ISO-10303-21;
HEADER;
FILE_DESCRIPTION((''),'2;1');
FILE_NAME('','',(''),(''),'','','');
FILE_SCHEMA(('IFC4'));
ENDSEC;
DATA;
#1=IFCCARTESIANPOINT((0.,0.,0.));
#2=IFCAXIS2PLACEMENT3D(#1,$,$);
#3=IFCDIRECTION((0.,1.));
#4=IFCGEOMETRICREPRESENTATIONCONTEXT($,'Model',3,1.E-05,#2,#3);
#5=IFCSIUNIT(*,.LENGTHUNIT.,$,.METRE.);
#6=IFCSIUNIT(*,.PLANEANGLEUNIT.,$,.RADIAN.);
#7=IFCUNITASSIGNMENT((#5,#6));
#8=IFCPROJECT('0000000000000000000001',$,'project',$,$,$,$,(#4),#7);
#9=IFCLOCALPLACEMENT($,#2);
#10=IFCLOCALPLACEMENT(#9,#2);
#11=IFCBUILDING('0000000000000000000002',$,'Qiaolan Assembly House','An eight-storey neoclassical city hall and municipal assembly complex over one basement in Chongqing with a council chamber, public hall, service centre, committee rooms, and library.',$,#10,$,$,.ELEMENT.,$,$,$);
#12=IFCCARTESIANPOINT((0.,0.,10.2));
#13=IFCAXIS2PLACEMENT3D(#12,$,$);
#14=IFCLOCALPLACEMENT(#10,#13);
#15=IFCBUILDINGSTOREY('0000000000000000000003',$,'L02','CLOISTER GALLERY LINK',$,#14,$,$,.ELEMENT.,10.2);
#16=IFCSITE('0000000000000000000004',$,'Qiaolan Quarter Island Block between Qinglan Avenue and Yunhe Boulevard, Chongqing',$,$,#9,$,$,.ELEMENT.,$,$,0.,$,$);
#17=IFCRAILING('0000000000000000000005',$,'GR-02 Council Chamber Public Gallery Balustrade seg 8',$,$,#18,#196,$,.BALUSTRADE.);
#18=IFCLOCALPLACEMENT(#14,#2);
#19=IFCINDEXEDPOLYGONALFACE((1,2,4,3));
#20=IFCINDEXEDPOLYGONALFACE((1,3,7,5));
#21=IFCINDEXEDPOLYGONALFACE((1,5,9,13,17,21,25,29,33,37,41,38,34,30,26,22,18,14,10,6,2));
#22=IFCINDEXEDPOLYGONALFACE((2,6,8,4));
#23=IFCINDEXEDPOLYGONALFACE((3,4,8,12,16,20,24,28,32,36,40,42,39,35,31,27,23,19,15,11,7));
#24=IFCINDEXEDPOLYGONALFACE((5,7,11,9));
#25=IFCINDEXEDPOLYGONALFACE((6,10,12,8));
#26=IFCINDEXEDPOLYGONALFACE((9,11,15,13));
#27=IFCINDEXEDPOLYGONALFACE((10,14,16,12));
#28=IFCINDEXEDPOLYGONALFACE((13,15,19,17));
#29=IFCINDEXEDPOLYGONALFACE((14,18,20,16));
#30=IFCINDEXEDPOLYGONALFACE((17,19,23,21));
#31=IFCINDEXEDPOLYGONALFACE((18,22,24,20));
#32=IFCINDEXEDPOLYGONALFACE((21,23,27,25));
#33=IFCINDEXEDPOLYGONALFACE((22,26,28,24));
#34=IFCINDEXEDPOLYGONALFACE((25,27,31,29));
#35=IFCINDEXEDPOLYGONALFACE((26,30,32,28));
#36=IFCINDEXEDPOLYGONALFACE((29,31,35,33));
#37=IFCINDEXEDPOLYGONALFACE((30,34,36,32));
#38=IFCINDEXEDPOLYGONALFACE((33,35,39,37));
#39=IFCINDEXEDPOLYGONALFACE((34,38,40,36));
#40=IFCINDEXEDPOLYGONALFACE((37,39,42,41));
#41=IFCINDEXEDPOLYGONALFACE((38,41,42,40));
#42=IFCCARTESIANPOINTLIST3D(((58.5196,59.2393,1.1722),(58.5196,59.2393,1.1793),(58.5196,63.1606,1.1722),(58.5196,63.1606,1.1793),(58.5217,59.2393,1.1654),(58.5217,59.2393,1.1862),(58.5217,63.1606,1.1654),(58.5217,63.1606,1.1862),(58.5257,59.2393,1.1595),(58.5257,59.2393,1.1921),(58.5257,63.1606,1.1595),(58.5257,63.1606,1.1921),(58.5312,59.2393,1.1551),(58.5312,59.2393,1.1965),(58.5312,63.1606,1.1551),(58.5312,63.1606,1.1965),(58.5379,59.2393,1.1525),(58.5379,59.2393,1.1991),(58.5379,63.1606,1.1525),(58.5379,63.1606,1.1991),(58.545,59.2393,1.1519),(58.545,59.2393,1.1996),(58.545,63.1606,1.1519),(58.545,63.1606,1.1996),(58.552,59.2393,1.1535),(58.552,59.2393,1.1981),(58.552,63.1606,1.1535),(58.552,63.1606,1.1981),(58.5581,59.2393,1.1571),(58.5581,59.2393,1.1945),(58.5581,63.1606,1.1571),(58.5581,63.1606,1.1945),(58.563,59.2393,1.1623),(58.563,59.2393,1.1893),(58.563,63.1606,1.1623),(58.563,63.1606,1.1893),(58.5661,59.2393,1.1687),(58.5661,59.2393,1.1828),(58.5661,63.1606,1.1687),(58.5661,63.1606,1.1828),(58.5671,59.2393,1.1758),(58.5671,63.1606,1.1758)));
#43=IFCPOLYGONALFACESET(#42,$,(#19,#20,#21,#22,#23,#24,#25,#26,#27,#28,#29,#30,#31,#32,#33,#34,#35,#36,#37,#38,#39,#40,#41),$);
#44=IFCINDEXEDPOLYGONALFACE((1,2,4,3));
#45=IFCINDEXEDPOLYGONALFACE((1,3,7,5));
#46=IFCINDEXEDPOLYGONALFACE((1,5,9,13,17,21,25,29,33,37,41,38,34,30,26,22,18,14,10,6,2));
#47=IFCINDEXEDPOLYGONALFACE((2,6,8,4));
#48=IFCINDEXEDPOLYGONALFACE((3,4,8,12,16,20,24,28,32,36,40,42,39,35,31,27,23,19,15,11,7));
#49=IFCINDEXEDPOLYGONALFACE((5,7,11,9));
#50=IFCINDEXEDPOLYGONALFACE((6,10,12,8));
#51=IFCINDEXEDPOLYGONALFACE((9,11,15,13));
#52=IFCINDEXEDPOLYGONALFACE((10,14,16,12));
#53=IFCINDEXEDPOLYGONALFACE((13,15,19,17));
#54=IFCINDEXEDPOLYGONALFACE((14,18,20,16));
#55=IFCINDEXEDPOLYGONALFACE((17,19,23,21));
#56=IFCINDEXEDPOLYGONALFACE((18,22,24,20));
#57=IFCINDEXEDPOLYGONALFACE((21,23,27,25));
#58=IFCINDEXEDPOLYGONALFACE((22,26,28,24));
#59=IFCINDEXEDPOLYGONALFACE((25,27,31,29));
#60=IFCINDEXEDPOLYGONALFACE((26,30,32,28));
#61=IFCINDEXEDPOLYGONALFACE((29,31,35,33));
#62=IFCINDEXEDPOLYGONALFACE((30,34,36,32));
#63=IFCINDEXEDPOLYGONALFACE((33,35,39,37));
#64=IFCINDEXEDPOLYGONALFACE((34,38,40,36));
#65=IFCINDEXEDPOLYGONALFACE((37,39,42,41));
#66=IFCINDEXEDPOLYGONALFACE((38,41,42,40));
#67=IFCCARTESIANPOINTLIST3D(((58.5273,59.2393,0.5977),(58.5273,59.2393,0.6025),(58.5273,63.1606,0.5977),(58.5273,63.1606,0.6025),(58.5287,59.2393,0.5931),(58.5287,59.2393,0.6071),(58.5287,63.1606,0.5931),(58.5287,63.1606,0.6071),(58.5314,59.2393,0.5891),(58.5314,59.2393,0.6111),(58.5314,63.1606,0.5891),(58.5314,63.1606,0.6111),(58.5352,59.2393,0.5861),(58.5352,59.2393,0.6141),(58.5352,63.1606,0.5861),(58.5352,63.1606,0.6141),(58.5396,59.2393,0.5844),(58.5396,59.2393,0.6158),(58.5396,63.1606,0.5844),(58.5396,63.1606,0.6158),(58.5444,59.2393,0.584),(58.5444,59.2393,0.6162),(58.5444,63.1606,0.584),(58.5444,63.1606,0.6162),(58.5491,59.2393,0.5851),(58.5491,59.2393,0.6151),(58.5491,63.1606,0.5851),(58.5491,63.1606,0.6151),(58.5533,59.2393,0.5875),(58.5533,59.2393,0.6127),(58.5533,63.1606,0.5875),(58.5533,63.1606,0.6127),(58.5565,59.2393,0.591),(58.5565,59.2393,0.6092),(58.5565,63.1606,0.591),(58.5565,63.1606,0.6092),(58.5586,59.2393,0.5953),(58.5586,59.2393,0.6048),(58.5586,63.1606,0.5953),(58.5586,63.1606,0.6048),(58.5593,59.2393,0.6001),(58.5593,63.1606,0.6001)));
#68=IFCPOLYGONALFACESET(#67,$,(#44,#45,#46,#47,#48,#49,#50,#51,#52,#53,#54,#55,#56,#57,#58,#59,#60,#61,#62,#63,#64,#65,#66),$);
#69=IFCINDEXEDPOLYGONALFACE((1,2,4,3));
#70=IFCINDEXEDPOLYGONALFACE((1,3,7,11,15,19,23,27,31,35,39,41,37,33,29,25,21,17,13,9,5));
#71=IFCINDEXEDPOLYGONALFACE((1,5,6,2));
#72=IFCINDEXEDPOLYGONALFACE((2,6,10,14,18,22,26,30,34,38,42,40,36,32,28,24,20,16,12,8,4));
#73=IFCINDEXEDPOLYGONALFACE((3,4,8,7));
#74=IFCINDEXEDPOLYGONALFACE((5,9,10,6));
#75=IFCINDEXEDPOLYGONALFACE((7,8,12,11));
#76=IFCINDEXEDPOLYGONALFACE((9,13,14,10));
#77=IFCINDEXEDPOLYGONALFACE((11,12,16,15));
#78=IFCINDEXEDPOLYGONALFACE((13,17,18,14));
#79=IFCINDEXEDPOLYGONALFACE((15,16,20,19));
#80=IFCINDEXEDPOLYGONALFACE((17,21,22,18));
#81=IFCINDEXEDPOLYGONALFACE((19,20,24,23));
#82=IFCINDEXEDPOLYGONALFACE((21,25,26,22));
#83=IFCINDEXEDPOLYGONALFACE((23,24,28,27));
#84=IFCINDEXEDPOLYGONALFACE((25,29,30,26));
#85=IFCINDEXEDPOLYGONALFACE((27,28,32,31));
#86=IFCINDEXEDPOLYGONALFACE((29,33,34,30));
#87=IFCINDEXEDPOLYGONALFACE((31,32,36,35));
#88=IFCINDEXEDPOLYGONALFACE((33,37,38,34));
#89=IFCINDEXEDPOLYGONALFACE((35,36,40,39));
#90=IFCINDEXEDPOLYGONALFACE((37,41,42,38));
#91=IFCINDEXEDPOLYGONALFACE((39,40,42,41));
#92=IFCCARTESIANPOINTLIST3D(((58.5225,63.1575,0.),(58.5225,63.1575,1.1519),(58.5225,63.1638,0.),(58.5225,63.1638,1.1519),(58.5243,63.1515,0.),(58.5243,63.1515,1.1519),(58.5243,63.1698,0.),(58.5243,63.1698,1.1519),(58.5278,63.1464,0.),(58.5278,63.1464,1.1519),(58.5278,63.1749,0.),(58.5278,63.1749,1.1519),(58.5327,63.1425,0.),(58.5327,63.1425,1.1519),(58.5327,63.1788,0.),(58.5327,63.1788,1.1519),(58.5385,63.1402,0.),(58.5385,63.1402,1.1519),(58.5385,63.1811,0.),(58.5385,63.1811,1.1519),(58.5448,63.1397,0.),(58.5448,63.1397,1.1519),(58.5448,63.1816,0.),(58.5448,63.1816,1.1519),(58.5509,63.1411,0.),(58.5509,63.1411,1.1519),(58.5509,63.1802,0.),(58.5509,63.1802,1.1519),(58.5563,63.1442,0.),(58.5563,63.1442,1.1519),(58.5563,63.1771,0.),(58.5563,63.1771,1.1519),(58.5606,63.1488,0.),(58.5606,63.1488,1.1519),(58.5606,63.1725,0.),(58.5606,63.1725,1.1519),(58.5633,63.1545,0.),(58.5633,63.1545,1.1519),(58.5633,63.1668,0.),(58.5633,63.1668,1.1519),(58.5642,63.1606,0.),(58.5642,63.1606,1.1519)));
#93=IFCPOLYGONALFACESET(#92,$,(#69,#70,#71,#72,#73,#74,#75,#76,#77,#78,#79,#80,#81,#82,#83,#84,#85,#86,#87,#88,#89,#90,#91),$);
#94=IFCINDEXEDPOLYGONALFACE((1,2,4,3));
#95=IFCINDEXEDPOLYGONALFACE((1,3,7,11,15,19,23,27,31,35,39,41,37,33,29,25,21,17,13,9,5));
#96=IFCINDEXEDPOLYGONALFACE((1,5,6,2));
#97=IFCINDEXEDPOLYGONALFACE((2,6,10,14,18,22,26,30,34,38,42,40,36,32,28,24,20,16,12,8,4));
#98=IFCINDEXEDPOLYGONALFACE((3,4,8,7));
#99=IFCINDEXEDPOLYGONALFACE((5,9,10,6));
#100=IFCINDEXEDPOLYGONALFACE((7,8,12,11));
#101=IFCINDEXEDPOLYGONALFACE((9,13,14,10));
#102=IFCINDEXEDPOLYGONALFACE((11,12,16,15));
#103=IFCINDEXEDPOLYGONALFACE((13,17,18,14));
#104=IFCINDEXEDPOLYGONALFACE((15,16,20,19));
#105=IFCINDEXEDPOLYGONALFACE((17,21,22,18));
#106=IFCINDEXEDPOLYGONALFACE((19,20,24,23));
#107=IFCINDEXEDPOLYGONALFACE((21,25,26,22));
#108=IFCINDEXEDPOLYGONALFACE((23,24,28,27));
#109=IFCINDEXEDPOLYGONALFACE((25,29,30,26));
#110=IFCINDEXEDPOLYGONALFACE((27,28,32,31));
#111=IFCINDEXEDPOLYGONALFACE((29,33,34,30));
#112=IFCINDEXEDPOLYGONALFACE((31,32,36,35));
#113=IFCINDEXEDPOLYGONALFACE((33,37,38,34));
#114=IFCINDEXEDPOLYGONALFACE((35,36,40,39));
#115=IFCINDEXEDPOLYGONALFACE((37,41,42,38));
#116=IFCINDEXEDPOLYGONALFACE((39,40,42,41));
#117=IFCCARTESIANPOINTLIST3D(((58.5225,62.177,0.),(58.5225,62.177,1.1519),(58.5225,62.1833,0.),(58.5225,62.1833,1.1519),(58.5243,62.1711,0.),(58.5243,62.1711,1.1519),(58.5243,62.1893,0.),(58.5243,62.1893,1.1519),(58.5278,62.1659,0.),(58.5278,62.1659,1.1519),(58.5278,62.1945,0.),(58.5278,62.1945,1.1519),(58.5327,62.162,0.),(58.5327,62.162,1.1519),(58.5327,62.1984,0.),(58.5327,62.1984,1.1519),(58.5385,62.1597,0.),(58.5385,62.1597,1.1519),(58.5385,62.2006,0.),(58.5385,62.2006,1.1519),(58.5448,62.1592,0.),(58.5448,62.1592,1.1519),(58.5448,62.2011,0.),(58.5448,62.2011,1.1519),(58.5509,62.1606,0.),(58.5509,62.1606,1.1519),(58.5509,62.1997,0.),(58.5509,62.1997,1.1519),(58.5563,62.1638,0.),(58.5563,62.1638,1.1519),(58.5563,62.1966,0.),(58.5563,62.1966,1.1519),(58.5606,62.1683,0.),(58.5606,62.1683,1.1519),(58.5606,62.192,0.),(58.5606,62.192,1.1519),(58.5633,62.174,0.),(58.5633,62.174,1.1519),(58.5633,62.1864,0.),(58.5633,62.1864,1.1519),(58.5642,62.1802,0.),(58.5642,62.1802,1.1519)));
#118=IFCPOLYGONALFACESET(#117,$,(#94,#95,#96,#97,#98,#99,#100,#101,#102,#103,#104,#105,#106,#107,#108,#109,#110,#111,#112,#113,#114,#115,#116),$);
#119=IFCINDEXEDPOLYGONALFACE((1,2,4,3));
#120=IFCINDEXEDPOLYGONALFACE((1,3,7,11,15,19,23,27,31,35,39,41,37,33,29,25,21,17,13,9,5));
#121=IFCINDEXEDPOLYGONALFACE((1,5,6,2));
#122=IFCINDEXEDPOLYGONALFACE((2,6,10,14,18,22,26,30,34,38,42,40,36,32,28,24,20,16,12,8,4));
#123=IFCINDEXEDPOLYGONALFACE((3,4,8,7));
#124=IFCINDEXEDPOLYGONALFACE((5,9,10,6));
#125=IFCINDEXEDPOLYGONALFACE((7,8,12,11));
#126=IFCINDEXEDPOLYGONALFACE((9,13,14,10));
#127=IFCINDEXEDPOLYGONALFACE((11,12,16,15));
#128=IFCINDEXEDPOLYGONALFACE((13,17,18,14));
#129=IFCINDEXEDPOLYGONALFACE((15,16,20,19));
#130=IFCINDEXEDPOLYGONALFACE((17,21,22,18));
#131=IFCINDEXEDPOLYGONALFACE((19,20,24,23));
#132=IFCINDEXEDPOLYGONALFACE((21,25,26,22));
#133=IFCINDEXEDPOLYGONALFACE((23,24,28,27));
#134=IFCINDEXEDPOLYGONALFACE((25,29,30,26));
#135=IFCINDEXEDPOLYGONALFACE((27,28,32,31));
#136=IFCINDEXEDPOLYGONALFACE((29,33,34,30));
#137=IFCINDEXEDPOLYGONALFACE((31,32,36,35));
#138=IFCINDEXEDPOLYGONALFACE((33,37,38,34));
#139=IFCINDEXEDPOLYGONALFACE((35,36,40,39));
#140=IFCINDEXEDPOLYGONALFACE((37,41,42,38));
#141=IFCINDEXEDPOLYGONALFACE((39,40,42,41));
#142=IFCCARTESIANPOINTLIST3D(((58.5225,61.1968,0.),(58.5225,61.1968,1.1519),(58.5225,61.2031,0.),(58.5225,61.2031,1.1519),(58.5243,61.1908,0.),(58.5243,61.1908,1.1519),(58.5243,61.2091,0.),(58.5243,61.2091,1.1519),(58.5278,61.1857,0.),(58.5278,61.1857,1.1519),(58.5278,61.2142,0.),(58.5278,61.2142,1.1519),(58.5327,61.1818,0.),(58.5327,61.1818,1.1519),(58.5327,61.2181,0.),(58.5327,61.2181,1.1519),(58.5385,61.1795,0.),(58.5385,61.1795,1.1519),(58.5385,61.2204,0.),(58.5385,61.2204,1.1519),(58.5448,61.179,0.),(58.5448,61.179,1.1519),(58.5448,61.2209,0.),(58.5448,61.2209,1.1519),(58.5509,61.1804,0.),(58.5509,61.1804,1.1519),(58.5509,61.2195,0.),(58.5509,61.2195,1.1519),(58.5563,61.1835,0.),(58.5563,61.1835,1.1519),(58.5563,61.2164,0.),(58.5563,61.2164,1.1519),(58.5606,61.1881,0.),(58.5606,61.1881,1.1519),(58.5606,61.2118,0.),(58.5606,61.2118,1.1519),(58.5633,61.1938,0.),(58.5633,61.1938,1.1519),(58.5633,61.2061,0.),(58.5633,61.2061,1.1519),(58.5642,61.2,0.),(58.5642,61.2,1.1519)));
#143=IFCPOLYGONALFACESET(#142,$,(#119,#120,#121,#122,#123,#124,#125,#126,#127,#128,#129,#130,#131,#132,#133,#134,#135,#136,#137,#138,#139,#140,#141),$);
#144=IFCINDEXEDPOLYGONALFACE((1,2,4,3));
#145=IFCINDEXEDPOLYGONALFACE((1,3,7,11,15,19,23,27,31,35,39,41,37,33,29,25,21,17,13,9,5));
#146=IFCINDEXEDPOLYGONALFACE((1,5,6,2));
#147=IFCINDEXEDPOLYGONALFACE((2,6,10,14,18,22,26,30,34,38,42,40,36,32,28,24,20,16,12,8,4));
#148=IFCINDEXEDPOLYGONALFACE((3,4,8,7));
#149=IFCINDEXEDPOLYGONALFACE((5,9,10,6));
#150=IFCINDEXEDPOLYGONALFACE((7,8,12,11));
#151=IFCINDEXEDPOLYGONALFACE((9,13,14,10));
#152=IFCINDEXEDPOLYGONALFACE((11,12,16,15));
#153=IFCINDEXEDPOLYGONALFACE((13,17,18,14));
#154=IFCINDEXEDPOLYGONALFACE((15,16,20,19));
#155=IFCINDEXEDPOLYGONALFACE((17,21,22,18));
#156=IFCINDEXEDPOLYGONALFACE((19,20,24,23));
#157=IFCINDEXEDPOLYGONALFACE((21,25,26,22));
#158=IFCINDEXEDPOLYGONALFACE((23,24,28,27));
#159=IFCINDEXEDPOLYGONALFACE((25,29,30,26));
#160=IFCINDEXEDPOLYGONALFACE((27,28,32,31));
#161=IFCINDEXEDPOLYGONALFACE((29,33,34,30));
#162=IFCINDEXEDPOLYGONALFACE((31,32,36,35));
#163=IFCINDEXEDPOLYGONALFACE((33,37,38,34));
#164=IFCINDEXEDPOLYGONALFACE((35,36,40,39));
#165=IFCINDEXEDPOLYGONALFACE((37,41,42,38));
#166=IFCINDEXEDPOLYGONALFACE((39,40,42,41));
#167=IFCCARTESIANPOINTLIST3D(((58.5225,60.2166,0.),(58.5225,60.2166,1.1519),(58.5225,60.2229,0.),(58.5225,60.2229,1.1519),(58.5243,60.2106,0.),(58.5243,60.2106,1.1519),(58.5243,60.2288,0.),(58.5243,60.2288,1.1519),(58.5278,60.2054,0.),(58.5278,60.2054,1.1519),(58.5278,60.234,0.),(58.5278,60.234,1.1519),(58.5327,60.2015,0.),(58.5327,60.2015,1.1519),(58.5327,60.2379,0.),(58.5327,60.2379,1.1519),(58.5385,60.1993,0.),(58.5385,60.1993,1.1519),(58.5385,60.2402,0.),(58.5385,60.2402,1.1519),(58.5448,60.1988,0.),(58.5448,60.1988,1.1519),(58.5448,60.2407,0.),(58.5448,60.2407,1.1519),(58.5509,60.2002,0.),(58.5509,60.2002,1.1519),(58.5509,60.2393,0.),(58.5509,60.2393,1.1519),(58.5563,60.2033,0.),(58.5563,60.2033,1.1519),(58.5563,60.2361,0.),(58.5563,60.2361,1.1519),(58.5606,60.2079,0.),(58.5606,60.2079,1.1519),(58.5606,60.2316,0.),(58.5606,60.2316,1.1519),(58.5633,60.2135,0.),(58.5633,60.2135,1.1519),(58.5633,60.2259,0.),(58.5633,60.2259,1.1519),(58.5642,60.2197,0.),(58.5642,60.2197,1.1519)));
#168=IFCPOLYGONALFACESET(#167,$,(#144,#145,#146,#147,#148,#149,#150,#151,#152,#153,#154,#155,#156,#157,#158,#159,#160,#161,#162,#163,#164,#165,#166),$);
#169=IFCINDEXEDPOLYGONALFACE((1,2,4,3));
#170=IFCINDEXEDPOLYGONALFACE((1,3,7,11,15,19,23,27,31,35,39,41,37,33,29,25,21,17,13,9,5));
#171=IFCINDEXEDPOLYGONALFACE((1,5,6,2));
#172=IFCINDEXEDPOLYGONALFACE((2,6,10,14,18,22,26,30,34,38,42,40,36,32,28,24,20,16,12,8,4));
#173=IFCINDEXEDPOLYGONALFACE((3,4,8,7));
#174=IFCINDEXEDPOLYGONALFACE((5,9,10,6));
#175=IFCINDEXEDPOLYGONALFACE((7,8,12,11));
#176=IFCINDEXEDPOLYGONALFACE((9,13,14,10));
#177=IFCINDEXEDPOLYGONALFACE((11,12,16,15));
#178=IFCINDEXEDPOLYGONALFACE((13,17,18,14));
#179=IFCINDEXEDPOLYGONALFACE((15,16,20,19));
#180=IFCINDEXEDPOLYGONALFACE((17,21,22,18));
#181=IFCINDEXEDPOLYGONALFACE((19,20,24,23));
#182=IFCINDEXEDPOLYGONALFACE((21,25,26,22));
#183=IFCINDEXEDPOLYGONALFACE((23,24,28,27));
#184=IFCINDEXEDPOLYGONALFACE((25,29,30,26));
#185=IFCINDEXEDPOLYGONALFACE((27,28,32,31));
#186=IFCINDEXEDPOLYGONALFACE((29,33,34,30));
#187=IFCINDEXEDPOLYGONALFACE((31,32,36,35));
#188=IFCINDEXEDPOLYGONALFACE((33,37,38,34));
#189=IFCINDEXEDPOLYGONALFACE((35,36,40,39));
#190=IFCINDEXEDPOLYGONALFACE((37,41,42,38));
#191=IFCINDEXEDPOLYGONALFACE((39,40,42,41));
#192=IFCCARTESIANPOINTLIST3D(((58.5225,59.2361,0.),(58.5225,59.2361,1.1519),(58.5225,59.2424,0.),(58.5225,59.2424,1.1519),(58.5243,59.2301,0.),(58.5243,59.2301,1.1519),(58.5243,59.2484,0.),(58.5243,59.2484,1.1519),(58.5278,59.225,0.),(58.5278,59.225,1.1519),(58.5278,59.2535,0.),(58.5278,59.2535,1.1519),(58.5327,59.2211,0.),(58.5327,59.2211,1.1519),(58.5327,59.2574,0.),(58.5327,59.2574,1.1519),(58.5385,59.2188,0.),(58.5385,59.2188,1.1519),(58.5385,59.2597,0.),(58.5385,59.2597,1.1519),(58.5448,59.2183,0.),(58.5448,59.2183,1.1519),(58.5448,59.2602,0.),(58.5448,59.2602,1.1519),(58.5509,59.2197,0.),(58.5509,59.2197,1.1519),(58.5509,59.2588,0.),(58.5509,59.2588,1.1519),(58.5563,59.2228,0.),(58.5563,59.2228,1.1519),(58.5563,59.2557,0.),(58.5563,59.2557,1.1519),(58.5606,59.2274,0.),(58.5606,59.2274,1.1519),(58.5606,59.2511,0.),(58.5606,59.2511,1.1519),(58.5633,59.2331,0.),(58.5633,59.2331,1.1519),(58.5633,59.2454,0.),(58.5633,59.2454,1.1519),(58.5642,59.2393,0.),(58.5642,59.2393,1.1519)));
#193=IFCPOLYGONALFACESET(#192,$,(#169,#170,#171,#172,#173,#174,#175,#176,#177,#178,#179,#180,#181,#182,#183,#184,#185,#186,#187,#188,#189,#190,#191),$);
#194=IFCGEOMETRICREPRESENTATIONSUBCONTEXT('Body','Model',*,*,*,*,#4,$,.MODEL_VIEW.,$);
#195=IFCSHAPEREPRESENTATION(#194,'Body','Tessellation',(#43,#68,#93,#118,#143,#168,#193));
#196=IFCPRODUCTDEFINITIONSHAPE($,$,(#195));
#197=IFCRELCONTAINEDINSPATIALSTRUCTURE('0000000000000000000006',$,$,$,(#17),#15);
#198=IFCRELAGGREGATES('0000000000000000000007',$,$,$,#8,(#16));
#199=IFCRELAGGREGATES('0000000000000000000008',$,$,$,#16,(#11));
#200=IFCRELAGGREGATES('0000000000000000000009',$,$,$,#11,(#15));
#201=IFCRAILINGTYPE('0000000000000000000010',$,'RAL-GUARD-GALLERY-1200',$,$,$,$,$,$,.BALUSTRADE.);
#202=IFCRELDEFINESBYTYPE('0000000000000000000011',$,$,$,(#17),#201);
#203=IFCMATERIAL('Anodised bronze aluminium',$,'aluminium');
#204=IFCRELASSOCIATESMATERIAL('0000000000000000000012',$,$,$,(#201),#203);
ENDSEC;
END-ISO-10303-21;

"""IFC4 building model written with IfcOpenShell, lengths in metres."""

from ifc_helpers import new_model, si_unit, direction, frame, origin, origin_2d, place, context, subcontext, project, spatial, circle, extrude, material, type_object, element, save


model = new_model("IFC4")

# Units and contexts
model_context = context("Model", 3, precision=1e-05, world=origin(), true_north=direction((0.0, 1.0)))
body_context = subcontext(model_context, "Body", "Model", "MODEL_VIEW")
ifc_project = project(units=[si_unit("LENGTHUNIT", "METRE"), si_unit("PLANEANGLEUNIT", "RADIAN")], contexts=[model_context])

# Site, building, storey
site_placement = place(None, origin())
site = spatial("IfcSite", under=ifc_project, at=site_placement, Name="Qiaolan Quarter Island Block between Qinglan Avenue and Yunhe Boulevard, Chongqing", CompositionType="ELEMENT", RefElevation=0.0)
building_placement = place(site_placement, origin())
building = spatial("IfcBuilding", under=site, at=building_placement, Name="Qiaolan Assembly House", Description="An eight-storey neoclassical city hall and municipal assembly complex over one basement in Chongqing with a council chamber, public hall, service centre, committee rooms, and library.", CompositionType="ELEMENT")
storey_placement = place(building_placement, frame((0.0, 0.0, 10.2)))
storey = spatial("IfcBuildingStorey", under=building, at=storey_placement, Name="L02", Description="CLOISTER GALLERY LINK", CompositionType="ELEMENT", Elevation=10.2)

# Railing
ifc_material_1 = material(Name="Anodised bronze aluminium", Category="aluminium")
railing_type = type_object("IfcRailingType", Name="RAL-GUARD-GALLERY-1200", PredefinedType="BALUSTRADE", material=ifc_material_1)
railing_1_placement = place(storey_placement, frame((58.5432, 63.1606, 0.0)))
element("IfcRailing", 1, at=railing_1_placement, inside=storey, type_object=railing_type, Name="GR-02 Council Chamber Public Gallery Balustrade seg 8", PredefinedType="BALUSTRADE", context=body_context, shape_type="SweptSolid", body=[
    extrude(circle(Radius=0.0239, at=origin_2d()), frame((0.0, 0.0, 1.1758), z_axis=(0.0, -1.0, 0.0), x_axis=(1.0, 0.0, 0.0)), (0.0, 0.0, 1.0), 3.9214),
    extrude(circle(Radius=0.0161, at=origin_2d()), frame((0.0, 0.0, 0.6001), z_axis=(0.0, -1.0, 0.0), x_axis=(1.0, 0.0, 0.0)), (0.0, 0.0, 1.0), 3.9214),
    extrude(circle(Radius=0.021, at=origin_2d()), origin(), (0.0, 0.0, 1.0), 1.1519),
    extrude(circle(Radius=0.021, at=origin_2d()), frame((0.0, -0.9805, 0.0)), (0.0, 0.0, 1.0), 1.1519),
    extrude(circle(Radius=0.021, at=origin_2d()), frame((0.0, -1.9607, 0.0)), (0.0, 0.0, 1.0), 1.1519),
    extrude(circle(Radius=0.021, at=origin_2d()), frame((0.0, -2.9409, 0.0)), (0.0, 0.0, 1.0), 1.1519),
    extrude(circle(Radius=0.021, at=origin_2d()), frame((0.0, -3.9214, 0.0)), (0.0, 0.0, 1.0), 1.1519),
])

save(model, "model.ifc")
